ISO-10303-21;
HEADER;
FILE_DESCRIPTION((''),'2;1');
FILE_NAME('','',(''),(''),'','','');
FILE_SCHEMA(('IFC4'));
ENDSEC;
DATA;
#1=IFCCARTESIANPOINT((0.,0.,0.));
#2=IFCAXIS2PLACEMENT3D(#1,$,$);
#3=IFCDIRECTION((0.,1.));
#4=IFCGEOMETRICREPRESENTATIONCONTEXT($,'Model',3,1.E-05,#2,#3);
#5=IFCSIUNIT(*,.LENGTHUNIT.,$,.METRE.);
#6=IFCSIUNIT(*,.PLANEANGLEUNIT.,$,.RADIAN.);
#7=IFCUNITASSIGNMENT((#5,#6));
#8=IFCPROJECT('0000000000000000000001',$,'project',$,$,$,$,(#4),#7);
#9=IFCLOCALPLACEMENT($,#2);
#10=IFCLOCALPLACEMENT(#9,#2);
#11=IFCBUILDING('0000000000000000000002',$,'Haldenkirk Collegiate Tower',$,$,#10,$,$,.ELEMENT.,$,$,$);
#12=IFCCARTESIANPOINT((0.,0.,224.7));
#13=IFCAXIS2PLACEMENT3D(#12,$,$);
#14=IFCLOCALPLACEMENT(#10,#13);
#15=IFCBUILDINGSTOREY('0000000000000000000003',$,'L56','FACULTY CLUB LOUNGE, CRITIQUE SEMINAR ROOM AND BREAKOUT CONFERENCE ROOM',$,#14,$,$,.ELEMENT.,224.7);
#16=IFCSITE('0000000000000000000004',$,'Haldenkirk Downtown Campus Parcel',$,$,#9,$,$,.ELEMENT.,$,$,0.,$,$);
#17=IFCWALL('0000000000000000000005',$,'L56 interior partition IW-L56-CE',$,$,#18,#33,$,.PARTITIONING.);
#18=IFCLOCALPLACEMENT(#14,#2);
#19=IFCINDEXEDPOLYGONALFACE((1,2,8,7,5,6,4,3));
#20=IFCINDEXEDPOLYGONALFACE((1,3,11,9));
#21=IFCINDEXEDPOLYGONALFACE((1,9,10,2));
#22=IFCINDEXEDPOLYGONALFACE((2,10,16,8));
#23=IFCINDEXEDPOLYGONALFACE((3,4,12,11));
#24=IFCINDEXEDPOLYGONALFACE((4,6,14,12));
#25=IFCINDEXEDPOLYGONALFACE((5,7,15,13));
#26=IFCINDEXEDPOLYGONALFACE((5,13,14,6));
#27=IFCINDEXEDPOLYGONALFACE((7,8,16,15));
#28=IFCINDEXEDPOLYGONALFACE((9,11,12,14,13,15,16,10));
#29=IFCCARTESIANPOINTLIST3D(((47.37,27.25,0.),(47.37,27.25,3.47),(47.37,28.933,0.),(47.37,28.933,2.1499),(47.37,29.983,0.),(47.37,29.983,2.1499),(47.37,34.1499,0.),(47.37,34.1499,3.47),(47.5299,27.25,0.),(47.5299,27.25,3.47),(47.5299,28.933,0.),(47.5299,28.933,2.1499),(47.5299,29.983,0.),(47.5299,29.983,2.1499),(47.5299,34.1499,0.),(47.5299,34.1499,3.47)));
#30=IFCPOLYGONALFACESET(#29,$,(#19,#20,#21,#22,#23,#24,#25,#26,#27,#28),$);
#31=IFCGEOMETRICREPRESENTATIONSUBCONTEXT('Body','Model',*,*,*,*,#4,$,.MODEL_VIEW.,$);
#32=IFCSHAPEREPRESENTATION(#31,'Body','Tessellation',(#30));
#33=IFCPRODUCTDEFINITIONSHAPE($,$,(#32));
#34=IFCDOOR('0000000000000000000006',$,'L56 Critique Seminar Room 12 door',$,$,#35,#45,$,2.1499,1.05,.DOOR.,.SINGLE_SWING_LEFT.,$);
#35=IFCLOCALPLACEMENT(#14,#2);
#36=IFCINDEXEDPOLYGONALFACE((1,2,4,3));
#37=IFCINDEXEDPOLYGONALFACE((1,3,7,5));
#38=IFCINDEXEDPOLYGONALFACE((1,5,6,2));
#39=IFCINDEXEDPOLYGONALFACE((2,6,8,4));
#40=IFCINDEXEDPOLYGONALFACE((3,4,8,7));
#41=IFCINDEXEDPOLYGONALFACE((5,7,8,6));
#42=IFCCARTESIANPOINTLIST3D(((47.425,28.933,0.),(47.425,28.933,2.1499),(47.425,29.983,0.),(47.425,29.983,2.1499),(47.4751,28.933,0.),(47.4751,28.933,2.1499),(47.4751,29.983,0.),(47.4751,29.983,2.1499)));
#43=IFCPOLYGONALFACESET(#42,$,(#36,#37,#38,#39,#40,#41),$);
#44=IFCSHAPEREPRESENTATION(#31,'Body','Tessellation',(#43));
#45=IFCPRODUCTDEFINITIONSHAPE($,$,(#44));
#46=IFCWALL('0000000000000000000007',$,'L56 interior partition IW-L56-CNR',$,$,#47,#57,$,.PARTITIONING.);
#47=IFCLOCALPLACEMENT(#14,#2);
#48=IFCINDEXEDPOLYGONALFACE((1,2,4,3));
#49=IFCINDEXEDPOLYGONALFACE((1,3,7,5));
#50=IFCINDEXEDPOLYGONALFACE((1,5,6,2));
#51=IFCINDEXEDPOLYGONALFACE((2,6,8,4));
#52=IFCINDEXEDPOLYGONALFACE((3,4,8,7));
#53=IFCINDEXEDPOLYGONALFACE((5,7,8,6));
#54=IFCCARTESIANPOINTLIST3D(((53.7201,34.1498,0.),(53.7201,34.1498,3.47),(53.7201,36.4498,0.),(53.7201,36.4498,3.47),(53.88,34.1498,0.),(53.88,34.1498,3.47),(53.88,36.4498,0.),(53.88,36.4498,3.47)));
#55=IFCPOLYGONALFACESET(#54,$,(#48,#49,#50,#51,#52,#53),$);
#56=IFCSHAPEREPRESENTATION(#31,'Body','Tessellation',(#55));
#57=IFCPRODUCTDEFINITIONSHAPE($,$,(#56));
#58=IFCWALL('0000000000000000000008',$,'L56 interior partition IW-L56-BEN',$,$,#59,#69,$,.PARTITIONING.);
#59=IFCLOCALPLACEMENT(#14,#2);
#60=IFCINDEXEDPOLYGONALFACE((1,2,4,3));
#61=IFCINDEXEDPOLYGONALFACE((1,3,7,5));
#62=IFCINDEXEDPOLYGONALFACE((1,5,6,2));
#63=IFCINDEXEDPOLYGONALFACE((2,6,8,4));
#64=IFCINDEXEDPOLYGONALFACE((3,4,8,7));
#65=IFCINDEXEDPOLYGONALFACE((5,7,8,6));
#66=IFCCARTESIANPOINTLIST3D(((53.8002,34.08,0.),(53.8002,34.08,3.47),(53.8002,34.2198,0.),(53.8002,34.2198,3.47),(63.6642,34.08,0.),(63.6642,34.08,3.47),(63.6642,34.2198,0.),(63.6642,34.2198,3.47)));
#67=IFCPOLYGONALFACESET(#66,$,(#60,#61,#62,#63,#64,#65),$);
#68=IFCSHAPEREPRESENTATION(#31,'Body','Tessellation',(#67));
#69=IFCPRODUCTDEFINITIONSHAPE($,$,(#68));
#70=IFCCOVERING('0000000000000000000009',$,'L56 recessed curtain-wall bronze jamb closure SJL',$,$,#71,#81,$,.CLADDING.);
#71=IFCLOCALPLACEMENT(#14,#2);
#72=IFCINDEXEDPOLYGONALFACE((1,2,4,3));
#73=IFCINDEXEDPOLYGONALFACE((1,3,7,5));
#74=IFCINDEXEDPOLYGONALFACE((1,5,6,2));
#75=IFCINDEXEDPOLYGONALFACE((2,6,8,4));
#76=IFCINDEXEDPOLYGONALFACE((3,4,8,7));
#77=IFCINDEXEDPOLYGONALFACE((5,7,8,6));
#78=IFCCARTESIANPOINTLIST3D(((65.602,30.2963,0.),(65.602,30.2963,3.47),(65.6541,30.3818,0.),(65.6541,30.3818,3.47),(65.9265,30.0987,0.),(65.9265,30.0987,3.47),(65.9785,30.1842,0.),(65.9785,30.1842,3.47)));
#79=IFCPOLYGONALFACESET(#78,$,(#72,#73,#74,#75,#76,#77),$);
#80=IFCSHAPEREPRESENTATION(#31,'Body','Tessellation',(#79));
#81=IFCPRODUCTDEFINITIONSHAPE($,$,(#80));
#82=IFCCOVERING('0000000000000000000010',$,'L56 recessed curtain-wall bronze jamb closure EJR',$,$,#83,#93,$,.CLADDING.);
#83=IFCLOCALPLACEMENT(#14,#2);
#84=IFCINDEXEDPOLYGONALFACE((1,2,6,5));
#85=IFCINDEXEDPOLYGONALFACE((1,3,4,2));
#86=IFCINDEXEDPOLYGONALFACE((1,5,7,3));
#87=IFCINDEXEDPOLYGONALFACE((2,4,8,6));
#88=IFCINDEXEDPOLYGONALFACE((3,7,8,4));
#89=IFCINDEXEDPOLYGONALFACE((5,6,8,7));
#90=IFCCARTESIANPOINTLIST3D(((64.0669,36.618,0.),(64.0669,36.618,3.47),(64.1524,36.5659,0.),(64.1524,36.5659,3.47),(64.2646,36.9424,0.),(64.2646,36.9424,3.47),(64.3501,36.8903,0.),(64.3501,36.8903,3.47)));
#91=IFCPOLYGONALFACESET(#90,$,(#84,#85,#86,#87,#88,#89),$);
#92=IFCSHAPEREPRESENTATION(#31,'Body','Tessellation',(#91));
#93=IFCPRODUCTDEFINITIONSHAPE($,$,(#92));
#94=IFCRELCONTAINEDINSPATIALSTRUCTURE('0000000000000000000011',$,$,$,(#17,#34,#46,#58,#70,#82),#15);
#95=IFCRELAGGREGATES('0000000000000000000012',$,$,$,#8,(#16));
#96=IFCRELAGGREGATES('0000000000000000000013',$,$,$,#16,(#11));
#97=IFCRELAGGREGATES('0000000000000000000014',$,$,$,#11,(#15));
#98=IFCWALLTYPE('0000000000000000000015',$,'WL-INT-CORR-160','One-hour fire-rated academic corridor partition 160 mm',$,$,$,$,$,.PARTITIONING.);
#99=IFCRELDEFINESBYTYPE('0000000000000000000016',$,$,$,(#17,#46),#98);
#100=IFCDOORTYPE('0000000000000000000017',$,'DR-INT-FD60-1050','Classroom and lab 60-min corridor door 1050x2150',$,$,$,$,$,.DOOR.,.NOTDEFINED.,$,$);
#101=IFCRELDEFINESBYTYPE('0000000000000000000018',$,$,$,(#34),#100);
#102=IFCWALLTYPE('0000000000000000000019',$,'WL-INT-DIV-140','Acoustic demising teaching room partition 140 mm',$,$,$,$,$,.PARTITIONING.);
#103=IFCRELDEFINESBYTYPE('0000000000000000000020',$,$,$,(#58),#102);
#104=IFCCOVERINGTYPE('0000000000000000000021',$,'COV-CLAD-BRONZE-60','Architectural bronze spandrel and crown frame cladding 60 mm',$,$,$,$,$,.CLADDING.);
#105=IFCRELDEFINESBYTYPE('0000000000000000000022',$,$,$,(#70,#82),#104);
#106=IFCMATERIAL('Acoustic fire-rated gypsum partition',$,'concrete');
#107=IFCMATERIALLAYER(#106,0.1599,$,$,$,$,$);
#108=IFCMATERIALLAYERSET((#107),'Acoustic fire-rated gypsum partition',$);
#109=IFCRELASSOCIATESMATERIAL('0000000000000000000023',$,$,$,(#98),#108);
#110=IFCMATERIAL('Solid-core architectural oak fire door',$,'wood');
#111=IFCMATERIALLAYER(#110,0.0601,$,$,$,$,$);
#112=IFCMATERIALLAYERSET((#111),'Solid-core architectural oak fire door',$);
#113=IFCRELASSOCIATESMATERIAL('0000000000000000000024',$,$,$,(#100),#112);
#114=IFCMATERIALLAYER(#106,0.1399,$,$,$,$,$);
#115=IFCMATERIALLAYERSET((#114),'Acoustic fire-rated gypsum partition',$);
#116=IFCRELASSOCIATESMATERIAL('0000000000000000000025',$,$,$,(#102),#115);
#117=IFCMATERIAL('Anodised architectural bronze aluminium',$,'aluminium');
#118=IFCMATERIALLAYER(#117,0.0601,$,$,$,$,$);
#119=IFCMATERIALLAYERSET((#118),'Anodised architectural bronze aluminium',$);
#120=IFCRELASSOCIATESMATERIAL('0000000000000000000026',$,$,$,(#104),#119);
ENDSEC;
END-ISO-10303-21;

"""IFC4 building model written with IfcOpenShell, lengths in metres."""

from ifc_helpers import new_model, si_unit, direction, frame, frame_2d, origin, origin_2d, place, context, subcontext, project, spatial, rectangle, extrude, source, transform, mapped, material, layer, layer_set, type_object, element, fill, save


model = new_model("IFC4")

# Units and contexts
model_context = context("Model", 3, precision=1e-05, world=origin(), true_north=direction((0.0, 1.0)))
body_context = subcontext(model_context, "Body", "Model", "MODEL_VIEW")
ifc_project = project(units=[si_unit("LENGTHUNIT", "METRE"), si_unit("PLANEANGLEUNIT", "RADIAN")], contexts=[model_context])

# Site, building, storey
site_placement = place(None, origin())
site = spatial("IfcSite", under=ifc_project, at=site_placement, Name="Haldenkirk Downtown Campus Parcel", CompositionType="ELEMENT", RefElevation=0.0)
building_placement = place(site_placement, origin())
building = spatial("IfcBuilding", under=site, at=building_placement, Name="Haldenkirk Collegiate Tower", CompositionType="ELEMENT")
storey_placement = place(building_placement, frame((0.0, 0.0, 224.7)))
storey = spatial("IfcBuildingStorey", under=building, at=storey_placement, Name="L56", Description="FACULTY CLUB LOUNGE, CRITIQUE SEMINAR ROOM AND BREAKOUT CONFERENCE ROOM", CompositionType="ELEMENT", Elevation=224.7)

# Shared definitions
ifc_material_1 = material(Name="Anodised architectural bronze aluminium", Category="aluminium")

# Shared definitions
ifc_material_2 = material(Name="Acoustic fire-rated gypsum partition", Category="concrete")
ifc_layer_1 = layer(ifc_material_2, 0.1599)
ifc_layer_set_1 = layer_set([ifc_layer_1], Name="Acoustic fire-rated gypsum partition")
wall_type_1 = type_object("IfcWallType", Name="WL-INT-CORR-160", Description="One-hour fire-rated academic corridor partition 160 mm", PredefinedType="PARTITIONING", material=ifc_layer_set_1)

# Wall, opening, door
wall_1_placement = place(storey_placement, frame((47.45, 27.25, 0.0), z_axis=(0.0, 0.0, 1.0), x_axis=(0.0, 1.0, 0.0)))
wall_1 = element("IfcWall", 1, at=wall_1_placement, inside=storey, type_object=wall_type_1, Name="L56 interior partition IW-L56-CE", PredefinedType="PARTITIONING", context=body_context, shape_type="SweptSolid", body=[
    extrude(rectangle(XDim=6.8999, YDim=0.1599, at=frame_2d((3.45, 0.0))), origin(), (0.0, 0.0, 1.0), 3.47),
])
opening_placement = place(wall_1_placement, frame((1.6831, 0.0, 0.0)))
opening = element("IfcOpeningElement", 2, at=opening_placement, cuts=wall_1, PredefinedType="OPENING", context=body_context, shape_type="SweptSolid", body=[
    extrude(rectangle(XDim=1.05, YDim=2.1499, at=frame_2d((0.5249, 1.075))), frame((0.0, 0.0898, 0.0), z_axis=(0.0, -1.0, 0.0), x_axis=(1.0, 0.0, 0.0)), (0.0, 0.0, 1.0), 0.1799),
])
ifc_material_3 = material(Name="Solid-core architectural oak fire door", Category="wood")
ifc_layer_2 = layer(ifc_material_3, 0.0601)
ifc_layer_set_2 = layer_set([ifc_layer_2], Name="Solid-core architectural oak fire door")
door_type = type_object("IfcDoorType", Name="DR-INT-FD60-1050", Description="Classroom and lab 60-min corridor door 1050x2150", OperationType="NOTDEFINED", PredefinedType="DOOR", material=ifc_layer_set_2)
door_placement = place(opening_placement, origin())
door = element("IfcDoor", 3, at=door_placement, inside=storey, type_object=door_type, Name="L56 Critique Seminar Room 12 door", OperationType="SINGLE_SWING_LEFT", OverallHeight=2.1499, OverallWidth=1.05, PredefinedType="DOOR", context=body_context, shape_type="SweptSolid", body=[
    extrude(rectangle(XDim=1.05, YDim=2.1499, at=frame_2d((0.5249, 1.075))), frame((0.0, 0.0249, 0.0), z_axis=(0.0, -1.0, 0.0), x_axis=(1.0, 0.0, 0.0)), (0.0, 0.0, 1.0), 0.05),
])
fill(opening, door)

# Walls
wall_2_placement = place(storey_placement, frame((53.8, 34.1499, 0.0), z_axis=(0.0, 0.0, 1.0), x_axis=(0.0, 1.0, 0.0)))
element("IfcWall", 4, at=wall_2_placement, inside=storey, type_object=wall_type_1, Name="L56 interior partition IW-L56-CNR", PredefinedType="PARTITIONING", context=body_context, shape_type="SweptSolid", body=[
    extrude(rectangle(XDim=2.3, YDim=0.1599, at=frame_2d((1.1499, 0.0))), origin(), (0.0, 0.0, 1.0), 3.47),
])
ifc_layer_3 = layer(ifc_material_2, 0.1399)
ifc_layer_set_3 = layer_set([ifc_layer_3], Name="Acoustic fire-rated gypsum partition")
wall_type_2 = type_object("IfcWallType", Name="WL-INT-DIV-140", Description="Acoustic demising teaching room partition 140 mm", PredefinedType="PARTITIONING", material=ifc_layer_set_3)
wall_3_placement = place(storey_placement, frame((53.8, 34.1499, 0.0), z_axis=(0.0, 0.0, 1.0), x_axis=(1.0, 0.0, 0.0)))
element("IfcWall", 5, at=wall_3_placement, inside=storey, type_object=wall_type_2, Name="L56 interior partition IW-L56-BEN", PredefinedType="PARTITIONING", context=body_context, shape_type="SweptSolid", body=[
    extrude(rectangle(XDim=9.864, YDim=0.1399, at=frame_2d((4.9321, 0.0))), origin(), (0.0, 0.0, 1.0), 3.47),
])

# Coverings
ifc_layer_4 = layer(ifc_material_1, 0.0601)
ifc_layer_set_4 = layer_set([ifc_layer_4], Name="Anodised architectural bronze aluminium")
covering_type = type_object("IfcCoveringType", Name="COV-CLAD-BRONZE-60", Description="Architectural bronze spandrel and crown frame cladding 60 mm", PredefinedType="CLADDING", material=ifc_layer_set_4)
shared_shape_1 = source(origin(), body_context, "Body", "SweptSolid", [
    extrude(rectangle(XDim=0.1001, YDim=0.3799, at=origin_2d()), origin(), (0.0, 0.0, 1.0), 3.47),
])
for number, where, z_axis, x_axis, name in (
    (6, (65.7903, 30.2402, 0.0), (0.0, 0.0, 1.0), (-0.520265, -0.854005, 0.0), "L56 recessed curtain-wall bronze jamb closure SJL"),
    (7, (64.2085, 36.7542, 0.0), (0.0, 0.0, 1.0), (0.854005, -0.520265, 0.0), "L56 recessed curtain-wall bronze jamb closure EJR"),
):
    element("IfcCovering", number, at=place(storey_placement, frame(where, z_axis=z_axis, x_axis=x_axis)), inside=storey, type_object=covering_type, Name=name, PredefinedType="CLADDING", context=body_context, shape_type="MappedRepresentation", body=[
        mapped(shared_shape_1, transform((0.0, 0.0, 0.0), x_axis=(1.0, 0.0, 0.0), y_axis=(0.0, 1.0, 0.0), z_axis=(0.0, 0.0, 1.0), scale=1.0)),
    ])

save(model, "model.ifc")
